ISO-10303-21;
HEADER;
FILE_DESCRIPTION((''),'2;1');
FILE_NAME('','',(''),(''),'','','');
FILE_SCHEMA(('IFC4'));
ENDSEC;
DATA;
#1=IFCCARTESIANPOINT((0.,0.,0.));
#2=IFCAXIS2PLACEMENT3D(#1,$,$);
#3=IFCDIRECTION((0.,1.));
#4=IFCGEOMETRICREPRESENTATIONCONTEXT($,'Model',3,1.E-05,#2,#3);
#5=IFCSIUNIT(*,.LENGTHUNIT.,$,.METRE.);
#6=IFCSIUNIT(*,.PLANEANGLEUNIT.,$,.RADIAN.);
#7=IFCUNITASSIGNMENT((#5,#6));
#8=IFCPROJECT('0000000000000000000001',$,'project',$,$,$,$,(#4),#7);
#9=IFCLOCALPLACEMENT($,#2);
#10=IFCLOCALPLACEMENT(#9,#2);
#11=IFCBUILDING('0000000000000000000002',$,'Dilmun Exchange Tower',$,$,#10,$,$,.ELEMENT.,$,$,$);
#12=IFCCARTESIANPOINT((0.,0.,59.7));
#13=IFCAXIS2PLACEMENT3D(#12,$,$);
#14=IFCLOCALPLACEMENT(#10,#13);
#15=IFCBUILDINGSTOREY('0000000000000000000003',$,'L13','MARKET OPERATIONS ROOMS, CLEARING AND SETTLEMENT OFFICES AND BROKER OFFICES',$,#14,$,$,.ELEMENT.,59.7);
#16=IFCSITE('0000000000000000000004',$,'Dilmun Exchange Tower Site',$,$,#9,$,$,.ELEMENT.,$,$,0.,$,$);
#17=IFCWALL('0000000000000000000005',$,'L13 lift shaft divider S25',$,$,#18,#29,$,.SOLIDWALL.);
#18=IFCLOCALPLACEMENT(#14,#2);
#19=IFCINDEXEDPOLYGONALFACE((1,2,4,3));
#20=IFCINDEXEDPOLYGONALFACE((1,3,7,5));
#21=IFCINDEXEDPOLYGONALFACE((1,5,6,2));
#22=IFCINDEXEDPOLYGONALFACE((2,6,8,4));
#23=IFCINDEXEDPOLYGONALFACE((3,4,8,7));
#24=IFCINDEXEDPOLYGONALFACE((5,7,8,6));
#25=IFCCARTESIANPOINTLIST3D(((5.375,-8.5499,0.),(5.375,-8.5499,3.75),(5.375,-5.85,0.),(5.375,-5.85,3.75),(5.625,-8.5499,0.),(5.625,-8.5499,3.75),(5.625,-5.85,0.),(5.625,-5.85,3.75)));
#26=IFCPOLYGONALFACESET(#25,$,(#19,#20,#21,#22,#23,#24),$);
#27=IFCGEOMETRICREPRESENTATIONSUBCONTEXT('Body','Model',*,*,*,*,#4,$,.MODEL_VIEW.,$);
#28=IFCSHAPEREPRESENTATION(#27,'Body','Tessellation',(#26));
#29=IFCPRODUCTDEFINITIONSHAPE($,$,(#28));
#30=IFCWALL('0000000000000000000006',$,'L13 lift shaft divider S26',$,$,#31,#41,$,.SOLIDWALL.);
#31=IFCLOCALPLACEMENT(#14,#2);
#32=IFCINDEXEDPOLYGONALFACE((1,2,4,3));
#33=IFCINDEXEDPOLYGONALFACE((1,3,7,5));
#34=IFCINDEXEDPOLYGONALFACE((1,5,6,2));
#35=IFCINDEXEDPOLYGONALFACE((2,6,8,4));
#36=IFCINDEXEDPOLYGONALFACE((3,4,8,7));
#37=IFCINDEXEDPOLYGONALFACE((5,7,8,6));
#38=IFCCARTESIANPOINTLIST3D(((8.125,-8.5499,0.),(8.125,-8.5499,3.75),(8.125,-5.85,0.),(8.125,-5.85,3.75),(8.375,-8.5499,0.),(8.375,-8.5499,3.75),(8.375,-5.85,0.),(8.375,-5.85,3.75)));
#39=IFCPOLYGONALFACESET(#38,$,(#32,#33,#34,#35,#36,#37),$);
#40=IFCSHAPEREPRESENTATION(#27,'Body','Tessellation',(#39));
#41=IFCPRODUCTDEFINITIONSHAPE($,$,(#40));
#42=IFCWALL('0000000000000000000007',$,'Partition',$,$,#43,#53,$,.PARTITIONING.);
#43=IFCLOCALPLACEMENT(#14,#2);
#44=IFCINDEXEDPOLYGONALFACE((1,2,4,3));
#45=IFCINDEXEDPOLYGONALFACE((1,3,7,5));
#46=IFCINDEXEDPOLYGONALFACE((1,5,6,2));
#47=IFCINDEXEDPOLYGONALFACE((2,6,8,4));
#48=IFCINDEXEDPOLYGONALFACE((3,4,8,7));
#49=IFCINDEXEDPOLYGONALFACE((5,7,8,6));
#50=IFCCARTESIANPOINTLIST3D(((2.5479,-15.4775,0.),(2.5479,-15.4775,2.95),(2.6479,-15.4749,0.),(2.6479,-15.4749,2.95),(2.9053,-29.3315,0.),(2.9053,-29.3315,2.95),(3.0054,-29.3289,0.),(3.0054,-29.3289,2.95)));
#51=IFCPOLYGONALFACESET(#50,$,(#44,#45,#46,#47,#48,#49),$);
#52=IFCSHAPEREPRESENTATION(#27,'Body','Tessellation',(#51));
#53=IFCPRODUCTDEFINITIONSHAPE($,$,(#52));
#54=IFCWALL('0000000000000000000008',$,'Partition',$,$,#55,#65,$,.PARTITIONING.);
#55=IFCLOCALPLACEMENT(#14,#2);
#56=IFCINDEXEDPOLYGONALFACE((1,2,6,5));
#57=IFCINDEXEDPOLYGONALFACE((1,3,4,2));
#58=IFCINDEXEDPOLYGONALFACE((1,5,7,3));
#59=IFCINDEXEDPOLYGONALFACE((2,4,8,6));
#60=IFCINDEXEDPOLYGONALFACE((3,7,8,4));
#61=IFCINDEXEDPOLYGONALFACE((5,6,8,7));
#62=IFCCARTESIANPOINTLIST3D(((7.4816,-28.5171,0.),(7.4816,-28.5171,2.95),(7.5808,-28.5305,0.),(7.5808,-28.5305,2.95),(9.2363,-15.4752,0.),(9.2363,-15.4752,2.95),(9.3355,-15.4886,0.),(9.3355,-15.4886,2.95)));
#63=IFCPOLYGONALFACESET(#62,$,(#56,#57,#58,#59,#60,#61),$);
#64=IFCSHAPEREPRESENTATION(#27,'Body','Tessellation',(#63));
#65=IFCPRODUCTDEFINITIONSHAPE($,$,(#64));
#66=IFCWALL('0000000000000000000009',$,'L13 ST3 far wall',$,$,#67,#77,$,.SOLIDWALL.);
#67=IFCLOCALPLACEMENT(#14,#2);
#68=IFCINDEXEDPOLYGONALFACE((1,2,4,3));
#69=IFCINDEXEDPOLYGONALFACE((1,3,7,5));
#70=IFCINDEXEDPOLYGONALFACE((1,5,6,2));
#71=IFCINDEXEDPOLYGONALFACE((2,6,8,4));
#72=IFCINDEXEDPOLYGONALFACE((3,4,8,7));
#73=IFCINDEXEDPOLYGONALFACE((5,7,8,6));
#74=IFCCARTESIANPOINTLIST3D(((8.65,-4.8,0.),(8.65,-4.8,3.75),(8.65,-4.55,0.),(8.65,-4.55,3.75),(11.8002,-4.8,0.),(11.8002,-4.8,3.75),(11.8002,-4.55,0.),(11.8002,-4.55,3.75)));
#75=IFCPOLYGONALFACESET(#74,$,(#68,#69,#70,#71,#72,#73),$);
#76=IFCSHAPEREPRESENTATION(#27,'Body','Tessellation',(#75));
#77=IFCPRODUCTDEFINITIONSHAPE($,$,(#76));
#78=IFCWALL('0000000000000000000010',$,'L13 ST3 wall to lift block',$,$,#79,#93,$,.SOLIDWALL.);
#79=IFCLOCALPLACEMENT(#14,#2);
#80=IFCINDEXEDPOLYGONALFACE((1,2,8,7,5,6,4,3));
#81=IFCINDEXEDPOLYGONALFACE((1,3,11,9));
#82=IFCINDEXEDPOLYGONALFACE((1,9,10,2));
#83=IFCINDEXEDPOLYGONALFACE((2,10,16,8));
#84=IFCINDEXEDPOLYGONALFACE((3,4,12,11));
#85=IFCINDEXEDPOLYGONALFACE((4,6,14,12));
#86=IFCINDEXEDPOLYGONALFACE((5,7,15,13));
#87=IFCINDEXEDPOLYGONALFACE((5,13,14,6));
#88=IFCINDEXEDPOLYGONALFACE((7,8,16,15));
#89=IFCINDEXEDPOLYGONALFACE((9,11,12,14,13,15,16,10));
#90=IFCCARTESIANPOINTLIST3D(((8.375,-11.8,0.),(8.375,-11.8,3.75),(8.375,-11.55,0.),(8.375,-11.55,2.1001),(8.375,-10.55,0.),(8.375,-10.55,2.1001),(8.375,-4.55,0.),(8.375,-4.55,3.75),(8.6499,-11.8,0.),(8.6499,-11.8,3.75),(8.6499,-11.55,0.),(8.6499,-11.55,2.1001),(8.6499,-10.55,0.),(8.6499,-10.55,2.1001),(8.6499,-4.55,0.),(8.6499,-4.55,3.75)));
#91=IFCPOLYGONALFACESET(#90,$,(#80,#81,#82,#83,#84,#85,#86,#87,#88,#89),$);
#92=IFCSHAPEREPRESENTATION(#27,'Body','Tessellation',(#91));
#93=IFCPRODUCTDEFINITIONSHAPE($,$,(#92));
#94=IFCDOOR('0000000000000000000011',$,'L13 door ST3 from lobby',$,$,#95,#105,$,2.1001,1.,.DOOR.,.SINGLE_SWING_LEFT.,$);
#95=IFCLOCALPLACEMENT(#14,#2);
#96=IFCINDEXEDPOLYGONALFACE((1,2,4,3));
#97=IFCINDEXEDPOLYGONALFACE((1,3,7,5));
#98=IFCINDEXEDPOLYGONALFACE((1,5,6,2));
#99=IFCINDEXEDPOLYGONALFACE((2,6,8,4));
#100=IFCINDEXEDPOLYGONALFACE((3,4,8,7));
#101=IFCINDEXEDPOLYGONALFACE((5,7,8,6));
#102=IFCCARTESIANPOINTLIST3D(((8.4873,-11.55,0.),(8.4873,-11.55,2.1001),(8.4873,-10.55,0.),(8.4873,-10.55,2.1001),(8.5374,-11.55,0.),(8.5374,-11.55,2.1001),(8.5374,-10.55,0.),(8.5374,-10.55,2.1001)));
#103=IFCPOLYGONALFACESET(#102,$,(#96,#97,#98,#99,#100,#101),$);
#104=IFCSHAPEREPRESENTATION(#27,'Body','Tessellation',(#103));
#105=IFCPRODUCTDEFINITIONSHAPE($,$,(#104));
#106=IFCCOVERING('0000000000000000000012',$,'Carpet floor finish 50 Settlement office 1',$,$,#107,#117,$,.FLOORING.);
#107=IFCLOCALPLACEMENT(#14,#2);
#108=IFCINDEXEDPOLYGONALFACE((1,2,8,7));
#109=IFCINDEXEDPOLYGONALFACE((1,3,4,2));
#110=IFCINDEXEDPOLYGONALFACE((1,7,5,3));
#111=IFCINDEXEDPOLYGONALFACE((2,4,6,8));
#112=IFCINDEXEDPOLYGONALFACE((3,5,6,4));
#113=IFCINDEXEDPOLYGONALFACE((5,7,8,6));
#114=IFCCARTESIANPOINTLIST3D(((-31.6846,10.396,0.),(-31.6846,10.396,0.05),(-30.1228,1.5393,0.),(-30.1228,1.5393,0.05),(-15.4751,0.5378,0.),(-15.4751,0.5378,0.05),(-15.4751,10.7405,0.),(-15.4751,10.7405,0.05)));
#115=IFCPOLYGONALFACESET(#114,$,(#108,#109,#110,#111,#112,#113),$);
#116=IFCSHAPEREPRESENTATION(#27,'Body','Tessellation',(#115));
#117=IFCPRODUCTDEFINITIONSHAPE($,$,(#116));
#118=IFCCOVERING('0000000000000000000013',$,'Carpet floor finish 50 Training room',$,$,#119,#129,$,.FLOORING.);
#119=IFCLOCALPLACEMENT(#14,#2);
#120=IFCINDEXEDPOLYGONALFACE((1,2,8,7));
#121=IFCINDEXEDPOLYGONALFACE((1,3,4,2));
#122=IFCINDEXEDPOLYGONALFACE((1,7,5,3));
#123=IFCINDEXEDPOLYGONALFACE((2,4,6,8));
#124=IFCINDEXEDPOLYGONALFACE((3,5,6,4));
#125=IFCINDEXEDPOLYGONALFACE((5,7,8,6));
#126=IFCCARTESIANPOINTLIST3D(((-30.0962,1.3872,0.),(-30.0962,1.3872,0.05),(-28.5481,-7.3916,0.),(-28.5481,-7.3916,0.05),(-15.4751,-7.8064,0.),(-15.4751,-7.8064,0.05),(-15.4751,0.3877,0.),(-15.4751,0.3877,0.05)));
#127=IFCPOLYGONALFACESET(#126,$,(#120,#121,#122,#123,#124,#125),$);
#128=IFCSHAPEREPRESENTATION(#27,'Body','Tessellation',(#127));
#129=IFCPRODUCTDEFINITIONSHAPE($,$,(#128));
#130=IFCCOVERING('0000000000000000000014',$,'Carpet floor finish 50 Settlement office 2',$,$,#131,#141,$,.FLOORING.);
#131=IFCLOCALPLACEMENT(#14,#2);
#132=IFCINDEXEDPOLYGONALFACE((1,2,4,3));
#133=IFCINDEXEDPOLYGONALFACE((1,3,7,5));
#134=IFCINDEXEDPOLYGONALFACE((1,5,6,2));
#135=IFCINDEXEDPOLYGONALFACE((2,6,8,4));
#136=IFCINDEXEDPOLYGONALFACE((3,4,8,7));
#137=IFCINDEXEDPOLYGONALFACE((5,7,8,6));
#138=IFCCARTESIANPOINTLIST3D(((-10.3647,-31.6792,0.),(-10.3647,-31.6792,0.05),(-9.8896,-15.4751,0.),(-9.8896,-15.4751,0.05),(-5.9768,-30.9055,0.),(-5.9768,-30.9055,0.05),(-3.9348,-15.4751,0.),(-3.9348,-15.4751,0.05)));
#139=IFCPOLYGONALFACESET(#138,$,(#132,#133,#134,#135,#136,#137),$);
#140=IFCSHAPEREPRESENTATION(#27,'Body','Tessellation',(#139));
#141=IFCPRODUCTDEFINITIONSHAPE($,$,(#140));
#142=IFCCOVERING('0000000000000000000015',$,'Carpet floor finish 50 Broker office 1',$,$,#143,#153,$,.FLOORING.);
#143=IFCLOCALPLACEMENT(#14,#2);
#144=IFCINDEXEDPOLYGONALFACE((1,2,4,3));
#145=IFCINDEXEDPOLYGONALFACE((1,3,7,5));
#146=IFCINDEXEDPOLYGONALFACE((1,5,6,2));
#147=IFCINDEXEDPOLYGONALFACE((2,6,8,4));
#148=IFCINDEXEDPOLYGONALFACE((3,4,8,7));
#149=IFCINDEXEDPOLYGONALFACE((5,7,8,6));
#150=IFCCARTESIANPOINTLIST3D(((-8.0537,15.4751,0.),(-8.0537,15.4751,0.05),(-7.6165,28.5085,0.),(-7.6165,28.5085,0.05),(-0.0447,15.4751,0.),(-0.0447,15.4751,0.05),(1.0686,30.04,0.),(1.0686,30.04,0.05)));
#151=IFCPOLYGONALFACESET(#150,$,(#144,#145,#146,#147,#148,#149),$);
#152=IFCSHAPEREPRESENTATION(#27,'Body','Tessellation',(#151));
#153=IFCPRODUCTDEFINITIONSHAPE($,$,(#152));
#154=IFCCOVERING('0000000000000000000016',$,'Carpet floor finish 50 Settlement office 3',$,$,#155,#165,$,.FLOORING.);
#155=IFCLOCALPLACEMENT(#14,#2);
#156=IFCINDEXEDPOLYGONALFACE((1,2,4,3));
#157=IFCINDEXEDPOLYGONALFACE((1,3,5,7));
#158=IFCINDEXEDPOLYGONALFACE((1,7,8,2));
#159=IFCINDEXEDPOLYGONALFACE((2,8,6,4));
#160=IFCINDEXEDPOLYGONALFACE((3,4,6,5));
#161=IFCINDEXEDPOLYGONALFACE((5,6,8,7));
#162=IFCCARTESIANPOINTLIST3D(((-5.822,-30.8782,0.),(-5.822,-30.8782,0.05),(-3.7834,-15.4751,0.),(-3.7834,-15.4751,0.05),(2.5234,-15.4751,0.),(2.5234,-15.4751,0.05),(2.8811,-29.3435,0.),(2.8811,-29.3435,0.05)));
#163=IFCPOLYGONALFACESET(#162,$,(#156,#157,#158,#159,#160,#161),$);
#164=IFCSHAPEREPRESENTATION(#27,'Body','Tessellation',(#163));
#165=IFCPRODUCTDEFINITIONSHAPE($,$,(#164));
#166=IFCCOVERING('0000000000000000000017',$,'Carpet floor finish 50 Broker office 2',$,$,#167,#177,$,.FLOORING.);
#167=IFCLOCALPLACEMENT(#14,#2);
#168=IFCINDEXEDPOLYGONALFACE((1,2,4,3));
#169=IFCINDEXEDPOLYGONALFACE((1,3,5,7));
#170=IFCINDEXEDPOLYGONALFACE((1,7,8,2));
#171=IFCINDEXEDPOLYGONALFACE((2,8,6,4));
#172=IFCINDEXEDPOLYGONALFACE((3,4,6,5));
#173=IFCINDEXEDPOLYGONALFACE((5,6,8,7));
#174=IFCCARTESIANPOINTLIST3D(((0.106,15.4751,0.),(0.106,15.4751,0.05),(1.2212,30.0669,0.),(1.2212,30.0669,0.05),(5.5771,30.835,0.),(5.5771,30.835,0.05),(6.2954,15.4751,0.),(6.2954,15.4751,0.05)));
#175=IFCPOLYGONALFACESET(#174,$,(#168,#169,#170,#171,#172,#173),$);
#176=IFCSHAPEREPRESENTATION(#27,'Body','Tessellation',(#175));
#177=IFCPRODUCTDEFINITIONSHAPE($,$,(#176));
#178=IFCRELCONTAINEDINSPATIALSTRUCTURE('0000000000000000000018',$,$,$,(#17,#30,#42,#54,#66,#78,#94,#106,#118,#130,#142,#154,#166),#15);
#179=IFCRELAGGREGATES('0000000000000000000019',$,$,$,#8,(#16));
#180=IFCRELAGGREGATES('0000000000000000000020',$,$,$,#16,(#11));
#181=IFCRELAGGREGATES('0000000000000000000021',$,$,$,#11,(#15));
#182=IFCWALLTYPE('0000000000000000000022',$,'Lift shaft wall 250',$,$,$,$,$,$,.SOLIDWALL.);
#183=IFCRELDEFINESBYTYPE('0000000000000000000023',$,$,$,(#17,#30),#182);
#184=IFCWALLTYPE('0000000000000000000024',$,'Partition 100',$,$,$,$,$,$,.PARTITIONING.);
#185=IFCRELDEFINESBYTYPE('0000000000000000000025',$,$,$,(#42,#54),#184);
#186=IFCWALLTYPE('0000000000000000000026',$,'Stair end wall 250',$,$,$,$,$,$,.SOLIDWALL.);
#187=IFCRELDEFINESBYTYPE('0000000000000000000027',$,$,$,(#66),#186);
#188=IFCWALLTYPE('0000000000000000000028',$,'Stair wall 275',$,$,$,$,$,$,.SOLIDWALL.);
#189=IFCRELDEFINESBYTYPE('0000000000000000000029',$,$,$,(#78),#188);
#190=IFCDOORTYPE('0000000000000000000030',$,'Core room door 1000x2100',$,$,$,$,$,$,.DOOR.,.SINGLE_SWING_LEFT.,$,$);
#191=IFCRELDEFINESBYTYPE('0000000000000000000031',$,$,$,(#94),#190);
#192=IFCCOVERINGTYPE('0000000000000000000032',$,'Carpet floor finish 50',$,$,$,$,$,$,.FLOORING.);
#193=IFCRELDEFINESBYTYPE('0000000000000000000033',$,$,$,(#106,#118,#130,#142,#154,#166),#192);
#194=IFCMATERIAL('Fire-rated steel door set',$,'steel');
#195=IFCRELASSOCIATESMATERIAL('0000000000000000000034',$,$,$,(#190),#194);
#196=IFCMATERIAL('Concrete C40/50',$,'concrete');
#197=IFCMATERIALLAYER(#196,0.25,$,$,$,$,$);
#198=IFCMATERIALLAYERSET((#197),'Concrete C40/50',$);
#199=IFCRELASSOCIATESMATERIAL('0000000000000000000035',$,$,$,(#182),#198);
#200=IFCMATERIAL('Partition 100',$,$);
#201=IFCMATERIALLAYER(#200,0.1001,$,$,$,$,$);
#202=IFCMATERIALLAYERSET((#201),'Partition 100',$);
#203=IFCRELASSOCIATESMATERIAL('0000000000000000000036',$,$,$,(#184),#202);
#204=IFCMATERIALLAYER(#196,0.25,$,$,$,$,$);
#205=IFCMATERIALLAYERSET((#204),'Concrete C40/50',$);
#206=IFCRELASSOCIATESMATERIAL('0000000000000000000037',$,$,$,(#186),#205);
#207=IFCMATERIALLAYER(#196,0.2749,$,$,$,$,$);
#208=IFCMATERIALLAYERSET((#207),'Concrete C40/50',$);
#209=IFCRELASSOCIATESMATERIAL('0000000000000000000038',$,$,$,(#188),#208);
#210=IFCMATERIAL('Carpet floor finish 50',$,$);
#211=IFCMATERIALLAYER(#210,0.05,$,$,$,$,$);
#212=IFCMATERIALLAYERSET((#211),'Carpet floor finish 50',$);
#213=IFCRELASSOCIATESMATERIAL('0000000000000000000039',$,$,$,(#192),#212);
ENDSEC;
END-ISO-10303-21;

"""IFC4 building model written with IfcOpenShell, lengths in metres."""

from ifc_helpers import new_model, si_unit, direction, frame, frame_2d, origin, place, context, subcontext, project, spatial, polyline, rectangle, outline, extrude, material, layer, layer_set, type_object, element, fill, save


model = new_model("IFC4")

# Units and contexts
model_context = context("Model", 3, precision=1e-05, world=origin(), true_north=direction((0.0, 1.0)))
body_context = subcontext(model_context, "Body", "Model", "MODEL_VIEW")
ifc_project = project(units=[si_unit("LENGTHUNIT", "METRE"), si_unit("PLANEANGLEUNIT", "RADIAN")], contexts=[model_context])

# Site, building, storey
site_placement = place(None, origin())
site = spatial("IfcSite", under=ifc_project, at=site_placement, Name="Dilmun Exchange Tower Site", CompositionType="ELEMENT", RefElevation=0.0)
building_placement = place(site_placement, origin())
building = spatial("IfcBuilding", under=site, at=building_placement, Name="Dilmun Exchange Tower", CompositionType="ELEMENT")
storey_placement = place(building_placement, frame((0.0, 0.0, 59.7)))
storey = spatial("IfcBuildingStorey", under=building, at=storey_placement, Name="L13", Description="MARKET OPERATIONS ROOMS, CLEARING AND SETTLEMENT OFFICES AND BROKER OFFICES", CompositionType="ELEMENT", Elevation=59.7)

# Shared definitions
ifc_material_1 = material(Name="Concrete C40/50", Category="concrete")

# Shared definitions
ifc_material_2 = material(Name="Fire-rated steel door set", Category="steel")

# Shared definitions
door_type_1 = type_object("IfcDoorType", Name="Core room door 1000x2100", OperationType="SINGLE_SWING_LEFT", PredefinedType="DOOR", material=ifc_material_2)

# Walls
ifc_layer_1 = layer(ifc_material_1, 0.25)
ifc_layer_set_1 = layer_set([ifc_layer_1], Name="Concrete C40/50")
wall_type_1 = type_object("IfcWallType", Name="Lift shaft wall 250", PredefinedType="SOLIDWALL", material=ifc_layer_set_1)
for number, where, z_axis, x_axis, name in (
    (1, (5.5, -8.55, 0.0), (0.0, 0.0, 1.0), (0.0, 1.0, 0.0), "L13 lift shaft divider S25"),
    (2, (8.25, -8.55, 0.0), (0.0, 0.0, 1.0), (0.0, 1.0, 0.0), "L13 lift shaft divider S26"),
):
    element("IfcWall", number, at=place(storey_placement, frame(where, z_axis=z_axis, x_axis=x_axis)), inside=storey, type_object=wall_type_1, Name=name, PredefinedType="SOLIDWALL", context=body_context, shape_type="SweptSolid", body=[
        extrude(rectangle(XDim=2.7, YDim=0.25, at=frame_2d((1.3501, 0.0))), origin(), (0.0, 0.0, 1.0), 3.75),
    ])
ifc_material_3 = material(Name="Partition 100")
ifc_layer_2 = layer(ifc_material_3, 0.1001)
ifc_layer_set_2 = layer_set([ifc_layer_2], Name="Partition 100")
wall_type_2 = type_object("IfcWallType", Name="Partition 100", PredefinedType="PARTITIONING", material=ifc_layer_set_2)
wall_1_placement = place(storey_placement, frame((2.5979, -15.4763, 0.0), z_axis=(0.0, 0.0, 1.0), x_axis=(0.025791, -0.999667, 0.0)))
element("IfcWall", 3, at=wall_1_placement, inside=storey, type_object=wall_type_2, Name="Partition", PredefinedType="PARTITIONING", context=body_context, shape_type="SweptSolid", body=[
    extrude(rectangle(XDim=13.8586, YDim=0.1001, at=frame_2d((6.9292, 0.0))), origin(), (0.0, 0.0, 1.0), 2.95),
])
wall_2_placement = place(storey_placement, frame((7.5312, -28.5237, 0.0), z_axis=(0.0, 0.0, 1.0), x_axis=(0.133336, 0.991071, 0.0)))
element("IfcWall", 4, at=wall_2_placement, inside=storey, type_object=wall_type_2, Name="Partition", PredefinedType="PARTITIONING", context=body_context, shape_type="SweptSolid", body=[
    extrude(rectangle(XDim=13.1594, YDim=0.1001, at=frame_2d((6.5796, 0.0))), origin(), (0.0, 0.0, 1.0), 2.95),
])
ifc_layer_3 = layer(ifc_material_1, 0.25)
ifc_layer_set_3 = layer_set([ifc_layer_3], Name="Concrete C40/50")
wall_type_3 = type_object("IfcWallType", Name="Stair end wall 250", PredefinedType="SOLIDWALL", material=ifc_layer_set_3)
wall_3_placement = place(storey_placement, frame((8.6499, -4.675, 0.0), z_axis=(0.0, 0.0, 1.0), x_axis=(1.0, 0.0, 0.0)))
element("IfcWall", 5, at=wall_3_placement, inside=storey, type_object=wall_type_3, Name="L13 ST3 far wall", PredefinedType="SOLIDWALL", context=body_context, shape_type="SweptSolid", body=[
    extrude(rectangle(XDim=3.1501, YDim=0.25, at=frame_2d((1.5752, 0.0))), origin(), (0.0, 0.0, 1.0), 3.75),
])

# Wall, opening, door
ifc_layer_4 = layer(ifc_material_1, 0.2749)
ifc_layer_set_4 = layer_set([ifc_layer_4], Name="Concrete C40/50")
wall_type_4 = type_object("IfcWallType", Name="Stair wall 275", PredefinedType="SOLIDWALL", material=ifc_layer_set_4)
wall_4_placement = place(storey_placement, frame((8.5125, -4.55, 0.0), z_axis=(0.0, 0.0, 1.0), x_axis=(0.0, -1.0, 0.0)))
wall_4 = element("IfcWall", 6, at=wall_4_placement, inside=storey, type_object=wall_type_4, Name="L13 ST3 wall to lift block", PredefinedType="SOLIDWALL", context=body_context, shape_type="SweptSolid", body=[
    extrude(rectangle(XDim=7.25, YDim=0.2749, at=frame_2d((3.625, 0.0))), origin(), (0.0, 0.0, 1.0), 3.75),
])
opening_1_placement = place(wall_4_placement, frame((6.0, 0.0, 0.0)))
opening_1 = element("IfcOpeningElement", 7, at=opening_1_placement, cuts=wall_4, PredefinedType="OPENING", context=body_context, shape_type="SweptSolid", body=[
    extrude(rectangle(XDim=1.0, YDim=2.1001, at=frame_2d((0.5, 1.05))), frame((0.0, 0.1475, 0.0), z_axis=(0.0, -1.0, 0.0), x_axis=(1.0, 0.0, 0.0)), (0.0, 0.0, 1.0), 0.2949),
])
door_1_placement = place(opening_1_placement, origin())
door_1 = element("IfcDoor", 8, at=door_1_placement, inside=storey, type_object=door_type_1, Name="L13 door ST3 from lobby", OperationType="SINGLE_SWING_LEFT", OverallHeight=2.1001, OverallWidth=1.0, PredefinedType="DOOR", context=body_context, shape_type="SweptSolid", body=[
    extrude(rectangle(XDim=1.0, YDim=2.1001, at=frame_2d((0.5, 1.05))), frame((0.0, 0.0249, 0.0), z_axis=(0.0, -1.0, 0.0), x_axis=(1.0, 0.0, 0.0)), (0.0, 0.0, 1.0), 0.05),
])
fill(opening_1, door_1)

# Coverings
ifc_material_4 = material(Name="Carpet floor finish 50")
ifc_layer_5 = layer(ifc_material_4, 0.05)
ifc_layer_set_5 = layer_set([ifc_layer_5], Name="Carpet floor finish 50")
covering_type_1 = type_object("IfcCoveringType", Name="Carpet floor finish 50", PredefinedType="FLOORING", material=ifc_layer_set_5)
covering_1_placement = place(storey_placement, origin())
element("IfcCovering", 9, at=covering_1_placement, inside=storey, type_object=covering_type_1, Name="Carpet floor finish 50 Settlement office 1", PredefinedType="FLOORING", context=body_context, shape_type="SweptSolid", body=[
    extrude(outline(polyline([(-15.4751, 10.7405), (-15.4751, 0.5378), (-30.1228, 1.5393), (-31.6846, 10.396), (-15.4751, 10.7405)])), origin(), (0.0, 0.0, 1.0), 0.05),
])
covering_2_placement = place(storey_placement, origin())
element("IfcCovering", 10, at=covering_2_placement, inside=storey, type_object=covering_type_1, Name="Carpet floor finish 50 Training room", PredefinedType="FLOORING", context=body_context, shape_type="SweptSolid", body=[
    extrude(outline(polyline([(-15.4751, 0.3877), (-15.4751, -7.8064), (-28.5481, -7.3916), (-30.0962, 1.3872), (-15.4751, 0.3877)])), origin(), (0.0, 0.0, 1.0), 0.05),
])
covering_3_placement = place(storey_placement, origin())
element("IfcCovering", 11, at=covering_3_placement, inside=storey, type_object=covering_type_1, Name="Carpet floor finish 50 Settlement office 2", PredefinedType="FLOORING", context=body_context, shape_type="SweptSolid", body=[
    extrude(outline(polyline([(-9.8896, -15.4751), (-3.9348, -15.4751), (-5.9768, -30.9055), (-10.3647, -31.6792), (-9.8896, -15.4751)])), origin(), (0.0, 0.0, 1.0), 0.05),
])
covering_4_placement = place(storey_placement, origin())
element("IfcCovering", 12, at=covering_4_placement, inside=storey, type_object=covering_type_1, Name="Carpet floor finish 50 Broker office 1", PredefinedType="FLOORING", context=body_context, shape_type="SweptSolid", body=[
    extrude(outline(polyline([(-0.0447, 15.4751), (-8.0537, 15.4751), (-7.6165, 28.5085), (1.0686, 30.04), (-0.0447, 15.4751)])), origin(), (0.0, 0.0, 1.0), 0.05),
])
covering_5_placement = place(storey_placement, origin())
element("IfcCovering", 13, at=covering_5_placement, inside=storey, type_object=covering_type_1, Name="Carpet floor finish 50 Settlement office 3", PredefinedType="FLOORING", context=body_context, shape_type="SweptSolid", body=[
    extrude(outline(polyline([(-3.7834, -15.4751), (2.5234, -15.4751), (2.8811, -29.3435), (-5.822, -30.8782), (-3.7834, -15.4751)])), origin(), (0.0, 0.0, 1.0), 0.05),
])
covering_6_placement = place(storey_placement, origin())
element("IfcCovering", 14, at=covering_6_placement, inside=storey, type_object=covering_type_1, Name="Carpet floor finish 50 Broker office 2", PredefinedType="FLOORING", context=body_context, shape_type="SweptSolid", body=[
    extrude(outline(polyline([(6.2954, 15.4751), (0.106, 15.4751), (1.2212, 30.0669), (5.5771, 30.835), (6.2954, 15.4751)])), origin(), (0.0, 0.0, 1.0), 0.05),
])

save(model, "model.ifc")
